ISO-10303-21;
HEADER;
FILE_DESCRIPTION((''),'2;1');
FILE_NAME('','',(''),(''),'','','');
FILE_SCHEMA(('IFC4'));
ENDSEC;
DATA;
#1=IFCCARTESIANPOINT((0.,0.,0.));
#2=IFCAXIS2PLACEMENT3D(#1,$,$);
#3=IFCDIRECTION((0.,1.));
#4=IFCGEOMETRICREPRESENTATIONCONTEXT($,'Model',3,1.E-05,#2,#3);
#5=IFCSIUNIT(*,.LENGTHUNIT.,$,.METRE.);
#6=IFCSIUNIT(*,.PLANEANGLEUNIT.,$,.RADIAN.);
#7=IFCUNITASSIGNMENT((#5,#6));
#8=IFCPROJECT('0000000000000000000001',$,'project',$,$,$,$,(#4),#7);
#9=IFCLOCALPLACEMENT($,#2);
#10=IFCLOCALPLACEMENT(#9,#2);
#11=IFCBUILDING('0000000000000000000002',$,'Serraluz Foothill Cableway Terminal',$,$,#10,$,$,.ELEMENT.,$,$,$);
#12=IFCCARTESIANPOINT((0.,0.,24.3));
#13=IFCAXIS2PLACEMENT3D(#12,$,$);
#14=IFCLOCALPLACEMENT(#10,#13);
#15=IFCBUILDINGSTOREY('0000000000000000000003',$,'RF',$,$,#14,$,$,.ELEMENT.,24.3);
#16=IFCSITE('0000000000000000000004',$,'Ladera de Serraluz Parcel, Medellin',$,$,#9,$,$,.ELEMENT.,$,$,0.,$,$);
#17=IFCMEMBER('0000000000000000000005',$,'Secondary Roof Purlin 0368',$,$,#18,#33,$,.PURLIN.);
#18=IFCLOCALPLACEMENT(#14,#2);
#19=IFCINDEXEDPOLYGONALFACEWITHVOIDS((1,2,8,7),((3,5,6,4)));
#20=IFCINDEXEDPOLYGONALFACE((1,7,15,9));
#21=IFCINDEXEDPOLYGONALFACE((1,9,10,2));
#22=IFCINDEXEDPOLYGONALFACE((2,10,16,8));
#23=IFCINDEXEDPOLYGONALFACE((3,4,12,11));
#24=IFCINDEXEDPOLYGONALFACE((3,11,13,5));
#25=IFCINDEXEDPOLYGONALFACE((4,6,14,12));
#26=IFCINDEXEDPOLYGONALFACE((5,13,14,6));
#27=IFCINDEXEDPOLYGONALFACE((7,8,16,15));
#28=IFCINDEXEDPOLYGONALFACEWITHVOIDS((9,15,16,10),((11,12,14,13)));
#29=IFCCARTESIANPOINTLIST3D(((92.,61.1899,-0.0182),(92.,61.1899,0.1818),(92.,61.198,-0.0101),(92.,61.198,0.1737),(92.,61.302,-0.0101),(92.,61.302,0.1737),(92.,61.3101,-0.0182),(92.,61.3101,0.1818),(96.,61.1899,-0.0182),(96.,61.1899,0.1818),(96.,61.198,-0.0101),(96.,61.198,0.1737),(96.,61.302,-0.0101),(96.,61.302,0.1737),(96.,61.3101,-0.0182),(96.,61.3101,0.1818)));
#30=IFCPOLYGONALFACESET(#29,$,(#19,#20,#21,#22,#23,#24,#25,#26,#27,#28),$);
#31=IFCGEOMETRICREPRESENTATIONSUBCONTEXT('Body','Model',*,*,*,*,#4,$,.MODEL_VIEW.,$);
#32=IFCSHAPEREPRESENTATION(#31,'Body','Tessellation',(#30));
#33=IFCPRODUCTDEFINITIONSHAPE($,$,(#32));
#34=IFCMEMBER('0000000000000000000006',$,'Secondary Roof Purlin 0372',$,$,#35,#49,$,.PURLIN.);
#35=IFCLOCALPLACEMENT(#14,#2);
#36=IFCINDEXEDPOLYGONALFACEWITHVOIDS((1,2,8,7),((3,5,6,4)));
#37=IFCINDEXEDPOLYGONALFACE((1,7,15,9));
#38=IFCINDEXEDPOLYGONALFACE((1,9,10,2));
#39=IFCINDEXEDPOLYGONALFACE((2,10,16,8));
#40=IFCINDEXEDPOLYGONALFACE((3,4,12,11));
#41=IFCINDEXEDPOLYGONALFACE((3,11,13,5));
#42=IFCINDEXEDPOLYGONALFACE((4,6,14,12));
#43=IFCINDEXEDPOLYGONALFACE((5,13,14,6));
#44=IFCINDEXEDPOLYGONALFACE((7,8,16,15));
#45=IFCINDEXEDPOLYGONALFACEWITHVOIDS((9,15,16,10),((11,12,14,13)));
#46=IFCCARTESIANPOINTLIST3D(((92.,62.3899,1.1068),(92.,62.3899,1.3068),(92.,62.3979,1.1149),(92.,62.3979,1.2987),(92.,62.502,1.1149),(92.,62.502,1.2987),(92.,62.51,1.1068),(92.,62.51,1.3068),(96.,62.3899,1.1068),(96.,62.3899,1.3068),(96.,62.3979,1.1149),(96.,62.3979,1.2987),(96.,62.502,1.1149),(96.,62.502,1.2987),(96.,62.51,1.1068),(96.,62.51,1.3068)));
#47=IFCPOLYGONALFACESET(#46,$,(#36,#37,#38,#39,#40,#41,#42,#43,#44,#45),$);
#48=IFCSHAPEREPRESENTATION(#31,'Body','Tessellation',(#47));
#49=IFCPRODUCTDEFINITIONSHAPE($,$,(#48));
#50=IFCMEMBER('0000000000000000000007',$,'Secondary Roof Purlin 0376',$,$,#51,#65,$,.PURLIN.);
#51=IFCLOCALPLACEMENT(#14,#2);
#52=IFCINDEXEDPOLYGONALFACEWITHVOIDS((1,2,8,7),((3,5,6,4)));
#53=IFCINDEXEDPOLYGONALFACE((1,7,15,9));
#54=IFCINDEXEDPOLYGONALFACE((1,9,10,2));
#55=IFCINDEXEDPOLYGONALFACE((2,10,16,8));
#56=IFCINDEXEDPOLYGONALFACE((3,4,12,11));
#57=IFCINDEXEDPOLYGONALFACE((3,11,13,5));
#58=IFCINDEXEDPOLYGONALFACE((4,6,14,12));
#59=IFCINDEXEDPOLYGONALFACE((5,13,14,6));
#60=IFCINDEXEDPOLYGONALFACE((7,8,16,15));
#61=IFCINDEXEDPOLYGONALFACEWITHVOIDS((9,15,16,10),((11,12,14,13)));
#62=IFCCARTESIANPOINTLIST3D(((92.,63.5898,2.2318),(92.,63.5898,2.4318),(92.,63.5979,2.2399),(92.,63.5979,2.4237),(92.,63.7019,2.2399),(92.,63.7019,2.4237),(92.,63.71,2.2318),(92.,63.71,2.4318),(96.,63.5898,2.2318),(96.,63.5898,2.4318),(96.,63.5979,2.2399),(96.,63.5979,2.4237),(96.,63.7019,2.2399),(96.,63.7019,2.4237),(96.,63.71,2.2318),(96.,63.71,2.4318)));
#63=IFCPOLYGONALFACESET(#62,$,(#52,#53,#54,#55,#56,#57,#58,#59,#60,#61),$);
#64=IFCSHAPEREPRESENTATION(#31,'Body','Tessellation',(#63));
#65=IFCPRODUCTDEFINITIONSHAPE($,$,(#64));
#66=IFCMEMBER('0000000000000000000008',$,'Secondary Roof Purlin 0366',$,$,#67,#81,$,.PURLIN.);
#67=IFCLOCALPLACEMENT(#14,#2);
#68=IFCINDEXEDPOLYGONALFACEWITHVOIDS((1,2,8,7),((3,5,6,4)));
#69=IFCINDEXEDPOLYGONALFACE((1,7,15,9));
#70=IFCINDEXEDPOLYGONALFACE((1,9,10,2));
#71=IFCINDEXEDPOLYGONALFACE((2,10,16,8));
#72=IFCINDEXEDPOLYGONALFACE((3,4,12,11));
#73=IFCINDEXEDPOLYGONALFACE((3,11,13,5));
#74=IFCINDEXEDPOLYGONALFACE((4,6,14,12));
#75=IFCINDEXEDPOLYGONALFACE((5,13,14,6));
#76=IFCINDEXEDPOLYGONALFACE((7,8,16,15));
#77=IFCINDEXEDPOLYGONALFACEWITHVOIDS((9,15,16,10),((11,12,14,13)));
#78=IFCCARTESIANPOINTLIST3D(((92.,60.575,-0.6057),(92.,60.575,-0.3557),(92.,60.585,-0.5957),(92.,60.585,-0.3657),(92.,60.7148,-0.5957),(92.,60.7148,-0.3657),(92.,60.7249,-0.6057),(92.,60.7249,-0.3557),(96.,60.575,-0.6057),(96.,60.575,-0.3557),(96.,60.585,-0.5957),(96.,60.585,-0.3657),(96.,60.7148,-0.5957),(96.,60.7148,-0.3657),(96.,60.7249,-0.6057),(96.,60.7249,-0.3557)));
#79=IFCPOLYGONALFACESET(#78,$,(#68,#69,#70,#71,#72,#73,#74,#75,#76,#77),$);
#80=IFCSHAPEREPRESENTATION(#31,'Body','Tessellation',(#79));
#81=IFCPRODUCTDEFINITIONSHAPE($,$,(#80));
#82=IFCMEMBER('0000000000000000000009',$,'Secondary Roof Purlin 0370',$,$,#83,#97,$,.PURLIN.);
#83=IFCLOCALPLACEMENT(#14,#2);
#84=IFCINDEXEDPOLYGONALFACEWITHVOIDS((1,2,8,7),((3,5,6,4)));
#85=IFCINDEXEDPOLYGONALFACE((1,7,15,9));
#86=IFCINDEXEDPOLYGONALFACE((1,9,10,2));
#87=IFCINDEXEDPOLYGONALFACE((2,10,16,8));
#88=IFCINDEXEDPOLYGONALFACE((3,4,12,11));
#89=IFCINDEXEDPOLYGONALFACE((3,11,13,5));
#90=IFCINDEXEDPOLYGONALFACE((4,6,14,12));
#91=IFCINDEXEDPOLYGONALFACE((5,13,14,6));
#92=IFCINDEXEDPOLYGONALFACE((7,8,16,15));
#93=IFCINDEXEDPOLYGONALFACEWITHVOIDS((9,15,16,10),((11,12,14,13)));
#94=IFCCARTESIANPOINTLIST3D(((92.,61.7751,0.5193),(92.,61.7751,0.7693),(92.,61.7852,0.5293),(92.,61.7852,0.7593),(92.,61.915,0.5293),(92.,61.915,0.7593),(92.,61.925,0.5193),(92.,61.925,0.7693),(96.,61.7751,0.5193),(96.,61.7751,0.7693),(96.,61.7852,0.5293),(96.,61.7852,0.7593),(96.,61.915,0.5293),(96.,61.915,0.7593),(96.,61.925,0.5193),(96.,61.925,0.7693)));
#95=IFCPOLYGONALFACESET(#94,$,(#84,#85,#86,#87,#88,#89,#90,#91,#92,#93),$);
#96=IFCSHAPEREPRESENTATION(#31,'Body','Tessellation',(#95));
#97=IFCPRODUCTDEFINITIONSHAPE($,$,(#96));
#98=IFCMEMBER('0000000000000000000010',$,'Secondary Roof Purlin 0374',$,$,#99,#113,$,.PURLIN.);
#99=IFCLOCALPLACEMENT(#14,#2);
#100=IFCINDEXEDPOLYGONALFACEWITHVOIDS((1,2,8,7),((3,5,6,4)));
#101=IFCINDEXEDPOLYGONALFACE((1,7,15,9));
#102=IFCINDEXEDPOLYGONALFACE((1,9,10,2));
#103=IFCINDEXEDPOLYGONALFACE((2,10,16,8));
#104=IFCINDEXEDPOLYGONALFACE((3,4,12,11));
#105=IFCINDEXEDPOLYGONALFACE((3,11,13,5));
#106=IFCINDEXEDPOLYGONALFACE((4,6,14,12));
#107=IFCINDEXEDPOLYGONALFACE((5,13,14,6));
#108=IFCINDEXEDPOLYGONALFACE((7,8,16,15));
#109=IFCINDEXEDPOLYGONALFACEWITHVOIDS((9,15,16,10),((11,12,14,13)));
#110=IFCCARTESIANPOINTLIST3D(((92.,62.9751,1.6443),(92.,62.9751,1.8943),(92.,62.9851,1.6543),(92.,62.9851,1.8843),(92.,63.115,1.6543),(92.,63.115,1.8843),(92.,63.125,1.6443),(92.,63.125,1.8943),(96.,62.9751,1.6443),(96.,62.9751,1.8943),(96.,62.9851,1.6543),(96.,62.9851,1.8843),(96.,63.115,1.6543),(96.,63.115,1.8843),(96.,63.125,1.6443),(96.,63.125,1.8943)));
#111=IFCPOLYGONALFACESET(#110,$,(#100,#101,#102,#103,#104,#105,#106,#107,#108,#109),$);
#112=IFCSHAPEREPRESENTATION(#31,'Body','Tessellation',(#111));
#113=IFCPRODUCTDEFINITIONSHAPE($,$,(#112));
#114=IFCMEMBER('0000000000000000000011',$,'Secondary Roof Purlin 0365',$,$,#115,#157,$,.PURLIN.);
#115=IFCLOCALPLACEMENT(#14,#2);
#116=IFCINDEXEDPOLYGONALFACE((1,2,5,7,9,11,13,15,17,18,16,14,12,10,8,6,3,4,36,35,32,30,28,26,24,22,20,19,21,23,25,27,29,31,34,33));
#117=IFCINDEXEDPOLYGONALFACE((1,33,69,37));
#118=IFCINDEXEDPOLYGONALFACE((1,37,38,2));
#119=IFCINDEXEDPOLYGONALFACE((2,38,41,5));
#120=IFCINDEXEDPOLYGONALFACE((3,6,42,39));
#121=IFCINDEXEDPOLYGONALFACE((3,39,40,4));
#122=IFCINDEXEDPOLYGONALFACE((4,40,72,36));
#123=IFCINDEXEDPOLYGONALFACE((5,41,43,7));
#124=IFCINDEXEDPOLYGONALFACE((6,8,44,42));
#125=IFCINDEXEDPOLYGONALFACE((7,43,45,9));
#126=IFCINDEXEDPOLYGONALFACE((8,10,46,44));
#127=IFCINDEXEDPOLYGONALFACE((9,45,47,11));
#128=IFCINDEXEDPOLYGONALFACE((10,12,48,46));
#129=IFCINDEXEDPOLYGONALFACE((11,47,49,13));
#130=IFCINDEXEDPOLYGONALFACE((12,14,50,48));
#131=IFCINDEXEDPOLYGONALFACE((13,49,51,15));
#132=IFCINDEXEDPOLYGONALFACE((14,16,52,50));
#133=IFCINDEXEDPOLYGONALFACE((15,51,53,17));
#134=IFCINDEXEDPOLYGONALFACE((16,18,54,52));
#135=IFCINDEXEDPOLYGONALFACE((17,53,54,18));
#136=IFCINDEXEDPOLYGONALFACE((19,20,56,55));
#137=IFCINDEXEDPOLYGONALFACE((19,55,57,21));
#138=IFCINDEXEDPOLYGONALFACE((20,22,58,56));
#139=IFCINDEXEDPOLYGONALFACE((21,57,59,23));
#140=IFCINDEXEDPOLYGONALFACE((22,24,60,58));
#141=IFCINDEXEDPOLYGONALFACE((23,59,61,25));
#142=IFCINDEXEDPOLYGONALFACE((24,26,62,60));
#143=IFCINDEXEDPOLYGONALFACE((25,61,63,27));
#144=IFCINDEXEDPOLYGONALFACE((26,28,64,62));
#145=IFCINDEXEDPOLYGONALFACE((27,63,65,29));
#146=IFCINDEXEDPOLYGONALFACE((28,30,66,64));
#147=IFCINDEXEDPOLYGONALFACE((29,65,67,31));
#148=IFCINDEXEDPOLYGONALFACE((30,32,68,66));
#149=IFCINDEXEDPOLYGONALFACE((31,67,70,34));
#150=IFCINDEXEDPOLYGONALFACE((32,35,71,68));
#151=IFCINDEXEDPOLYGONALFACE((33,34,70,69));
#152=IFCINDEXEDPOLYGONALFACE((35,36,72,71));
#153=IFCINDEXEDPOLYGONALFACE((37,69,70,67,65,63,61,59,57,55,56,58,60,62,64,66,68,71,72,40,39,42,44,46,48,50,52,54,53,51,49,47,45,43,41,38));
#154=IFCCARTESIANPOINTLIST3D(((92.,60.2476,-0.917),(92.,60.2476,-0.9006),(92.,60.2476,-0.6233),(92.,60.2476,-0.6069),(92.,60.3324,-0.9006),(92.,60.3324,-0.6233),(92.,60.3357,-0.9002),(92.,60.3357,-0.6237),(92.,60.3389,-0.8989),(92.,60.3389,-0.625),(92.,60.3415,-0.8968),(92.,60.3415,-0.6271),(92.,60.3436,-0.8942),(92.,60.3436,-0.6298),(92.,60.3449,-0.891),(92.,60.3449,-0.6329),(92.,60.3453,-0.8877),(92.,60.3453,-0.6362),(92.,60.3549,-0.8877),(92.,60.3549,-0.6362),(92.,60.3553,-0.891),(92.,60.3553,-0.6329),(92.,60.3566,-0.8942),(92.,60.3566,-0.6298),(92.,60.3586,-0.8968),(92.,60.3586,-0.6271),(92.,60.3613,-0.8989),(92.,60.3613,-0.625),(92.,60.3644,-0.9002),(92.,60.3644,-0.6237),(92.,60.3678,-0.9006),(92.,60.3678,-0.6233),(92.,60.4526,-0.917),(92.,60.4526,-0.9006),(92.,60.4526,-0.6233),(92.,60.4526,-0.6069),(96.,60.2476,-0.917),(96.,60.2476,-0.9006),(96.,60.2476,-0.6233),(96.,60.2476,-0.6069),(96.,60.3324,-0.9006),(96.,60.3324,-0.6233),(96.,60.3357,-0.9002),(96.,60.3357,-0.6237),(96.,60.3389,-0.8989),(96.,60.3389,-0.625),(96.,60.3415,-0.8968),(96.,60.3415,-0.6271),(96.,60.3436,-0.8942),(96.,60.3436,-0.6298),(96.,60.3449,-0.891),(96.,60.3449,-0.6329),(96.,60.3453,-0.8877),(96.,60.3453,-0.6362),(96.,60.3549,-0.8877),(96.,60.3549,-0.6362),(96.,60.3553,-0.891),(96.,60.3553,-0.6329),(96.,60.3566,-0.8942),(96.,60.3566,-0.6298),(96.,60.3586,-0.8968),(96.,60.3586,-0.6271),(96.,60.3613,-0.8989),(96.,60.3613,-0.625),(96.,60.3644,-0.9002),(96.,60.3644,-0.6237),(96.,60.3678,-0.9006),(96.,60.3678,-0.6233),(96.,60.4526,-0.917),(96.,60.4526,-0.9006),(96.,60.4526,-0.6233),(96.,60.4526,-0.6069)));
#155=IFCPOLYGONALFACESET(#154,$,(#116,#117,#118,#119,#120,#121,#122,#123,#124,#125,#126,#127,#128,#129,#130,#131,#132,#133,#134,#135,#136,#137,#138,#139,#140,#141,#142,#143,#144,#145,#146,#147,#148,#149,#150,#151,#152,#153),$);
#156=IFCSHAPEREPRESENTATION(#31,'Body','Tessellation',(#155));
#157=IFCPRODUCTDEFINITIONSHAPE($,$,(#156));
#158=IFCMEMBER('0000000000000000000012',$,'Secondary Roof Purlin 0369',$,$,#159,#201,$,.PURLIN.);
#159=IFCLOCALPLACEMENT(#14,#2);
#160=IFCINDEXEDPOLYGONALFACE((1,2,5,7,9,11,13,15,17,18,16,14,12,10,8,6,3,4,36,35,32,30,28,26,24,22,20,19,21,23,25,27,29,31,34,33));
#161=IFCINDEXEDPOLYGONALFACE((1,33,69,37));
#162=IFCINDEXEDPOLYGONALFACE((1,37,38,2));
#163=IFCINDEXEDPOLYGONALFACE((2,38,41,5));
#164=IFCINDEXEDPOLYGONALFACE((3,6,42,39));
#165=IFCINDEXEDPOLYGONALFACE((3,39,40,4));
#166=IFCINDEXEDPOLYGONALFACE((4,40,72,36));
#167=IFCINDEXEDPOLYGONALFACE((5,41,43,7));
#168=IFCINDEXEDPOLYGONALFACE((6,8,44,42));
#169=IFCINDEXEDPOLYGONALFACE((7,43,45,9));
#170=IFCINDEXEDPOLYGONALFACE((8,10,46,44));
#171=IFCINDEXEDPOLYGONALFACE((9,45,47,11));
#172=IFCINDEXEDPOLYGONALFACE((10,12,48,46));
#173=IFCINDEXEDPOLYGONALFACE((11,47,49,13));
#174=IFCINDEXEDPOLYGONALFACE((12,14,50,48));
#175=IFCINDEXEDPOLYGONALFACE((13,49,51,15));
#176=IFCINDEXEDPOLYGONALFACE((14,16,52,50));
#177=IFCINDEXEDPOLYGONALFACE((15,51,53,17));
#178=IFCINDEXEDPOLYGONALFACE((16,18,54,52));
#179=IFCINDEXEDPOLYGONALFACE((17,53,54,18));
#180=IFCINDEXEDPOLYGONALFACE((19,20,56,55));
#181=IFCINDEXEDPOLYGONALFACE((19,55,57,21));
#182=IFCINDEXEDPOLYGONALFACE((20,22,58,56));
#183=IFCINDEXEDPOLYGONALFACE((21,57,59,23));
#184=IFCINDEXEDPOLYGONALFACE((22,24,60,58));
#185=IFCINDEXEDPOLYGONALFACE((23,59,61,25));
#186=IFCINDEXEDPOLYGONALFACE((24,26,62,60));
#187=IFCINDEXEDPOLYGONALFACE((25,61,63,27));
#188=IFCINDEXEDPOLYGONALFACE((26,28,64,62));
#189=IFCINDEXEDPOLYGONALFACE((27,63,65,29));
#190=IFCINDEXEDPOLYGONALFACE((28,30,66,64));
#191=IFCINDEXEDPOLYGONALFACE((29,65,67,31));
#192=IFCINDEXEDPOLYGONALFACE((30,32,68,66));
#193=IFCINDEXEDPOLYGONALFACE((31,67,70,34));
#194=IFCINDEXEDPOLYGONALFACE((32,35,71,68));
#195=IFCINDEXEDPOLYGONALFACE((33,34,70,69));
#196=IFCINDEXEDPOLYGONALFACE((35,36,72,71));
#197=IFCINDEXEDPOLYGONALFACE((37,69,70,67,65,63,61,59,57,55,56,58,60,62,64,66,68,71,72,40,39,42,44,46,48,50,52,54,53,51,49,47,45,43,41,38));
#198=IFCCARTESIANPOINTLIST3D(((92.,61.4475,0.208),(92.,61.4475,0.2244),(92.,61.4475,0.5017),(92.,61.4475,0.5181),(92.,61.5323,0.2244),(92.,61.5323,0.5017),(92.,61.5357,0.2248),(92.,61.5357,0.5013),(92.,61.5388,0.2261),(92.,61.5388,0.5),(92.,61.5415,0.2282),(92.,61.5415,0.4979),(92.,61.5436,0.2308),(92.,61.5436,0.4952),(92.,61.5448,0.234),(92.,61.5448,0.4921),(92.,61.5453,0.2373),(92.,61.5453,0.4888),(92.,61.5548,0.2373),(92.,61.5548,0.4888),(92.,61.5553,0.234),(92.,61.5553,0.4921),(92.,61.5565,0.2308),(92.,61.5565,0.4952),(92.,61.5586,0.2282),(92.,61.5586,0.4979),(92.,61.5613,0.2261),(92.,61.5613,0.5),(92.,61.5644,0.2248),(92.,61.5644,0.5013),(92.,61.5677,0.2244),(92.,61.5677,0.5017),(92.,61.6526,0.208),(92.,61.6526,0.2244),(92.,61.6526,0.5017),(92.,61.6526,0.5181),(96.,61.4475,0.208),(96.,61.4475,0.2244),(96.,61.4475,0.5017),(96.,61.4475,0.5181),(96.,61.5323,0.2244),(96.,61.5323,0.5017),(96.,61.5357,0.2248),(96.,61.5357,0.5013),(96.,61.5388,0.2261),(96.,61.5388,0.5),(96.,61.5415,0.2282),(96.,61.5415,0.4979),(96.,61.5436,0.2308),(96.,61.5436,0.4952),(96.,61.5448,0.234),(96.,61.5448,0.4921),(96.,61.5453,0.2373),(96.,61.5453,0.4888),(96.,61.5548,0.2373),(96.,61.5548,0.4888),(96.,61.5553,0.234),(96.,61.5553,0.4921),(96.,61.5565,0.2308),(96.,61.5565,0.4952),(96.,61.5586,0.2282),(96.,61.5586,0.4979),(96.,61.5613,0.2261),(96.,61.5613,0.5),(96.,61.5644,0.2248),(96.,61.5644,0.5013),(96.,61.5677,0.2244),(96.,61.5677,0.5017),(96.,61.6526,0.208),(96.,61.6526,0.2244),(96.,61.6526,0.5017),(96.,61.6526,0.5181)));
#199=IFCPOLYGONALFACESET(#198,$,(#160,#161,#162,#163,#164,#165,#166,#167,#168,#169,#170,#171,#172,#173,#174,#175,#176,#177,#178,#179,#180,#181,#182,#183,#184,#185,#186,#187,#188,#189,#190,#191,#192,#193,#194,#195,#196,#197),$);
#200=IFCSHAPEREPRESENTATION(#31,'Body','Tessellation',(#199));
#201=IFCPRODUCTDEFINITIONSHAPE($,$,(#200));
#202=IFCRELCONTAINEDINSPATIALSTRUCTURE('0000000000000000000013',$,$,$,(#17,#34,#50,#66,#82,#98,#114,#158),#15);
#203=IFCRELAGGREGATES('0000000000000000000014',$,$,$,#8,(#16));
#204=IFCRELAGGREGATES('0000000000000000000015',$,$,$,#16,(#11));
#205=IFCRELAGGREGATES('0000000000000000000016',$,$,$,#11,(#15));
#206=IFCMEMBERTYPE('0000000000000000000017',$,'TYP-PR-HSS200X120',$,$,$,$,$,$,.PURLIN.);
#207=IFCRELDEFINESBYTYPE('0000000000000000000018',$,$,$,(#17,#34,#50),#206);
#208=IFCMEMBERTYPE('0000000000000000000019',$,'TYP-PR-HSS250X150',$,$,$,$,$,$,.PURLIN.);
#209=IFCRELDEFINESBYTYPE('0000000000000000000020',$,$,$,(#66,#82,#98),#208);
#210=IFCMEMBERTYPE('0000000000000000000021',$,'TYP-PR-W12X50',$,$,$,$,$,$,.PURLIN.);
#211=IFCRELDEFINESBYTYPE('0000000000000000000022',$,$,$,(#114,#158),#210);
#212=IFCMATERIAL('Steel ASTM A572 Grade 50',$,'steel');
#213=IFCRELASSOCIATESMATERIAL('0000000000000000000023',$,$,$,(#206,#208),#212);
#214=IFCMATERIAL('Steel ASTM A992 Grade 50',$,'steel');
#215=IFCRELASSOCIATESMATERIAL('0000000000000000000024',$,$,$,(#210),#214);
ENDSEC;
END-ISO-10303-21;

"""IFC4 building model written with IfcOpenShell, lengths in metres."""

from ifc_helpers import new_model, si_unit, direction, frame, origin, origin_2d, place, context, subcontext, project, spatial, hollow_rectangle, i_section, extrude, material, material_profile, profile_set, type_object, element, save


model = new_model("IFC4")

# Units and contexts
model_context = context("Model", 3, precision=1e-05, world=origin(), true_north=direction((0.0, 1.0)))
body_context = subcontext(model_context, "Body", "Model", "MODEL_VIEW")
ifc_project = project(units=[si_unit("LENGTHUNIT", "METRE"), si_unit("PLANEANGLEUNIT", "RADIAN")], contexts=[model_context])

# Site, building, storey
site_placement = place(None, origin())
site = spatial("IfcSite", under=ifc_project, at=site_placement, Name="Ladera de Serraluz Parcel, Medellin", CompositionType="ELEMENT", RefElevation=0.0)
building_placement = place(site_placement, origin())
building = spatial("IfcBuilding", under=site, at=building_placement, Name="Serraluz Foothill Cableway Terminal", CompositionType="ELEMENT")
storey_placement = place(building_placement, frame((0.0, 0.0, 24.3)))
storey = spatial("IfcBuildingStorey", under=building, at=storey_placement, Name="RF", CompositionType="ELEMENT", Elevation=24.3)

# Members
ifc_material_1 = material(Name="Steel ASTM A572 Grade 50", Category="steel")
ifc_material_profile_1 = material_profile(ifc_material_1, hollow_rectangle(XDim=0.1201, YDim=0.2, WallThickness=0.0081, at=origin_2d()), Name="HSS200X120X8")
ifc_profile_set_1 = profile_set([ifc_material_profile_1], Name="Steel ASTM A572 Grade 50")
member_type_1 = type_object("IfcMemberType", Name="TYP-PR-HSS200X120", PredefinedType="PURLIN", material=ifc_profile_set_1)
for number, where, z_axis, x_axis, name in (
    (1, (92.0, 61.25, 0.0818), (1.0, 0.0, 0.0), (0.0, 1.0, 0.0), "Secondary Roof Purlin 0368"),
    (2, (92.0, 62.45, 1.2068), (1.0, 0.0, 0.0), (0.0, 1.0, 0.0), "Secondary Roof Purlin 0372"),
    (3, (92.0, 63.6499, 2.3318), (1.0, 0.0, 0.0), (0.0, 1.0, 0.0), "Secondary Roof Purlin 0376"),
):
    element("IfcMember", number, at=place(storey_placement, frame(where, z_axis=z_axis, x_axis=x_axis)), inside=storey, type_object=member_type_1, Name=name, PredefinedType="PURLIN", context=body_context, shape_type="SweptSolid", body=[
        extrude(hollow_rectangle(XDim=0.1201, YDim=0.2, WallThickness=0.0081, at=origin_2d()), origin(), (0.0, 0.0, 1.0), 4.0),
    ])
ifc_material_profile_2 = material_profile(ifc_material_1, hollow_rectangle(XDim=0.1499, YDim=0.25, WallThickness=0.01, at=origin_2d()), Name="HSS250X150X10")
ifc_profile_set_2 = profile_set([ifc_material_profile_2], Name="Steel ASTM A572 Grade 50")
member_type_2 = type_object("IfcMemberType", Name="TYP-PR-HSS250X150", PredefinedType="PURLIN", material=ifc_profile_set_2)
for number, where, z_axis, x_axis, name in (
    (4, (92.0, 60.6499, -0.4807), (1.0, 0.0, 0.0), (0.0, 1.0, 0.0), "Secondary Roof Purlin 0366"),
    (5, (92.0, 61.8501, 0.6443), (1.0, 0.0, 0.0), (0.0, 1.0, 0.0), "Secondary Roof Purlin 0370"),
    (6, (92.0, 63.05, 1.7693), (1.0, 0.0, 0.0), (0.0, 1.0, 0.0), "Secondary Roof Purlin 0374"),
):
    element("IfcMember", number, at=place(storey_placement, frame(where, z_axis=z_axis, x_axis=x_axis)), inside=storey, type_object=member_type_2, Name=name, PredefinedType="PURLIN", context=body_context, shape_type="SweptSolid", body=[
        extrude(hollow_rectangle(XDim=0.1499, YDim=0.25, WallThickness=0.01, at=origin_2d()), origin(), (0.0, 0.0, 1.0), 4.0),
    ])
ifc_material_2 = material(Name="Steel ASTM A992 Grade 50", Category="steel")
ifc_material_profile_3 = material_profile(ifc_material_2, i_section(OverallWidth=0.2051, OverallDepth=0.3101, WebThickness=0.0095, FlangeThickness=0.0164, FilletRadius=0.0129, at=origin_2d()), Name="W12X50")
ifc_profile_set_3 = profile_set([ifc_material_profile_3], Name="Steel ASTM A992 Grade 50")
member_type_3 = type_object("IfcMemberType", Name="TYP-PR-W12X50", PredefinedType="PURLIN", material=ifc_profile_set_3)
for number, where, z_axis, x_axis, name in (
    (7, (92.0, 60.3501, -0.762), (1.0, 0.0, 0.0), (0.0, 1.0, 0.0), "Secondary Roof Purlin 0365"),
    (8, (92.0, 61.55, 0.363), (1.0, 0.0, 0.0), (0.0, 1.0, 0.0), "Secondary Roof Purlin 0369"),
):
    element("IfcMember", number, at=place(storey_placement, frame(where, z_axis=z_axis, x_axis=x_axis)), inside=storey, type_object=member_type_3, Name=name, PredefinedType="PURLIN", context=body_context, shape_type="SweptSolid", body=[
        extrude(i_section(OverallWidth=0.2051, OverallDepth=0.3101, WebThickness=0.0095, FlangeThickness=0.0164, FilletRadius=0.0129, at=origin_2d()), origin(), (0.0, 0.0, 1.0), 4.0),
    ])

save(model, "model.ifc")
